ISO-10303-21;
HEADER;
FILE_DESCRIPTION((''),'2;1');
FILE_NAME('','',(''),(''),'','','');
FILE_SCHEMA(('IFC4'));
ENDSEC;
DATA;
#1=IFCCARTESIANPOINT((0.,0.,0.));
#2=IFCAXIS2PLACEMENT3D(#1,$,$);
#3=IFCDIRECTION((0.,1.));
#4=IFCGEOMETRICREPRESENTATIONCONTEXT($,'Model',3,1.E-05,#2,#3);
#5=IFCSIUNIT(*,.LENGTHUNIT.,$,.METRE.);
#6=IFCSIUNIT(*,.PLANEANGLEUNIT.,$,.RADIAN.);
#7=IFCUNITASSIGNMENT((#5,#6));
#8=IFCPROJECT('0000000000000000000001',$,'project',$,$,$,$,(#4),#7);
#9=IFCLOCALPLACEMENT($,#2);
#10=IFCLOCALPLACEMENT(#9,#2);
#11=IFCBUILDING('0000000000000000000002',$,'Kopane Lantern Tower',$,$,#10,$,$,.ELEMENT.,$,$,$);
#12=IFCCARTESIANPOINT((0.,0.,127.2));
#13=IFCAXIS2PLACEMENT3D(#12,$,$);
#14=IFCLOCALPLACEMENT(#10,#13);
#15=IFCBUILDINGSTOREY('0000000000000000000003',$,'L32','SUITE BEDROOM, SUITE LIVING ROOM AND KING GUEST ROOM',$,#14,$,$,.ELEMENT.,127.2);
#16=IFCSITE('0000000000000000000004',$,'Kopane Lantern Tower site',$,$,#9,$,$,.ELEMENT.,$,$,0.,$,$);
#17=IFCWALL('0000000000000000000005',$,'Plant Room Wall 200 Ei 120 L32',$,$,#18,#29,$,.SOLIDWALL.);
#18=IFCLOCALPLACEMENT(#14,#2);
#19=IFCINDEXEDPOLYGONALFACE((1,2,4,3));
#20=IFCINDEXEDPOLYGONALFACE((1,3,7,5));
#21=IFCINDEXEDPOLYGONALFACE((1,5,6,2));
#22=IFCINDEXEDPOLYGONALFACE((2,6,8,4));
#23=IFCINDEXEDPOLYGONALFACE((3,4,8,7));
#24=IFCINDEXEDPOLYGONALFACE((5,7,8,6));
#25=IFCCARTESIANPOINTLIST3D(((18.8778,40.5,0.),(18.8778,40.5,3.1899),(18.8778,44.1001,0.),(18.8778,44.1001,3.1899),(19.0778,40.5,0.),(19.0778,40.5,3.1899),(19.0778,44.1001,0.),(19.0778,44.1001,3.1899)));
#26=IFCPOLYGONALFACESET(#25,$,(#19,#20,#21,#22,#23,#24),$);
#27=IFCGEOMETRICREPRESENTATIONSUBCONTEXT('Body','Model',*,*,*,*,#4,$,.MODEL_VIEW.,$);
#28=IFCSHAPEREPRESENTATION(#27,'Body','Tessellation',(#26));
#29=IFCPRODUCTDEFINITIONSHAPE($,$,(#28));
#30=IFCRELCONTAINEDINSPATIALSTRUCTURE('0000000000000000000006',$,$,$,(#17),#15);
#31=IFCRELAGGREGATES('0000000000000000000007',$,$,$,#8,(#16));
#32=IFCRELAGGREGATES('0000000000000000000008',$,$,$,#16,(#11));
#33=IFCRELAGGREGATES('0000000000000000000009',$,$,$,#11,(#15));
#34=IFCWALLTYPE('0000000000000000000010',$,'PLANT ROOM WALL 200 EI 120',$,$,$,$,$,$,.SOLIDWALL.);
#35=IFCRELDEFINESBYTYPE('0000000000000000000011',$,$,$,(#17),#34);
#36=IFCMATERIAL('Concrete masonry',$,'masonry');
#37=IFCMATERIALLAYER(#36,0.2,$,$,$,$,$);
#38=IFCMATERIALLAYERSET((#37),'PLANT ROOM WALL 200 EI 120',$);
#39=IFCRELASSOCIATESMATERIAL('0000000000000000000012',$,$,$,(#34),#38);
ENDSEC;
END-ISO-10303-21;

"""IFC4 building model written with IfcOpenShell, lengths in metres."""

from ifc_helpers import new_model, si_unit, direction, frame, frame_2d, origin, place, context, subcontext, project, spatial, rectangle, extrude, material, layer, layer_set, type_object, element, save


model = new_model("IFC4")

# Units and contexts
model_context = context("Model", 3, precision=1e-05, world=origin(), true_north=direction((0.0, 1.0)))
body_context = subcontext(model_context, "Body", "Model", "MODEL_VIEW")
ifc_project = project(units=[si_unit("LENGTHUNIT", "METRE"), si_unit("PLANEANGLEUNIT", "RADIAN")], contexts=[model_context])

# Site, building, storey
site_placement = place(None, origin())
site = spatial("IfcSite", under=ifc_project, at=site_placement, Name="Kopane Lantern Tower site", CompositionType="ELEMENT", RefElevation=0.0)
building_placement = place(site_placement, origin())
building = spatial("IfcBuilding", under=site, at=building_placement, Name="Kopane Lantern Tower", CompositionType="ELEMENT")
storey_placement = place(building_placement, frame((0.0, 0.0, 127.2)))
storey = spatial("IfcBuildingStorey", under=building, at=storey_placement, Name="L32", Description="SUITE BEDROOM, SUITE LIVING ROOM AND KING GUEST ROOM", CompositionType="ELEMENT", Elevation=127.2)

# Wall
ifc_material_1 = material(Name="Concrete masonry", Category="masonry")
ifc_layer_1 = layer(ifc_material_1, 0.2)
ifc_layer_set_1 = layer_set([ifc_layer_1], Name="PLANT ROOM WALL 200 EI 120")
wall_type_1 = type_object("IfcWallType", Name="PLANT ROOM WALL 200 EI 120", PredefinedType="SOLIDWALL", material=ifc_layer_set_1)
wall_1_placement = place(storey_placement, frame((18.9778, 44.1001, 0.0), z_axis=(0.0, 0.0, 1.0), x_axis=(0.0, -1.0, 0.0)))
element("IfcWall", 1, at=wall_1_placement, inside=storey, type_object=wall_type_1, Name="Plant Room Wall 200 Ei 120 L32", PredefinedType="SOLIDWALL", context=body_context, shape_type="SweptSolid", body=[
    extrude(rectangle(XDim=3.6001, YDim=0.2, at=frame_2d((1.8, 0.0))), origin(), (0.0, 0.0, 1.0), 3.1899),
])

save(model, "model.ifc")
